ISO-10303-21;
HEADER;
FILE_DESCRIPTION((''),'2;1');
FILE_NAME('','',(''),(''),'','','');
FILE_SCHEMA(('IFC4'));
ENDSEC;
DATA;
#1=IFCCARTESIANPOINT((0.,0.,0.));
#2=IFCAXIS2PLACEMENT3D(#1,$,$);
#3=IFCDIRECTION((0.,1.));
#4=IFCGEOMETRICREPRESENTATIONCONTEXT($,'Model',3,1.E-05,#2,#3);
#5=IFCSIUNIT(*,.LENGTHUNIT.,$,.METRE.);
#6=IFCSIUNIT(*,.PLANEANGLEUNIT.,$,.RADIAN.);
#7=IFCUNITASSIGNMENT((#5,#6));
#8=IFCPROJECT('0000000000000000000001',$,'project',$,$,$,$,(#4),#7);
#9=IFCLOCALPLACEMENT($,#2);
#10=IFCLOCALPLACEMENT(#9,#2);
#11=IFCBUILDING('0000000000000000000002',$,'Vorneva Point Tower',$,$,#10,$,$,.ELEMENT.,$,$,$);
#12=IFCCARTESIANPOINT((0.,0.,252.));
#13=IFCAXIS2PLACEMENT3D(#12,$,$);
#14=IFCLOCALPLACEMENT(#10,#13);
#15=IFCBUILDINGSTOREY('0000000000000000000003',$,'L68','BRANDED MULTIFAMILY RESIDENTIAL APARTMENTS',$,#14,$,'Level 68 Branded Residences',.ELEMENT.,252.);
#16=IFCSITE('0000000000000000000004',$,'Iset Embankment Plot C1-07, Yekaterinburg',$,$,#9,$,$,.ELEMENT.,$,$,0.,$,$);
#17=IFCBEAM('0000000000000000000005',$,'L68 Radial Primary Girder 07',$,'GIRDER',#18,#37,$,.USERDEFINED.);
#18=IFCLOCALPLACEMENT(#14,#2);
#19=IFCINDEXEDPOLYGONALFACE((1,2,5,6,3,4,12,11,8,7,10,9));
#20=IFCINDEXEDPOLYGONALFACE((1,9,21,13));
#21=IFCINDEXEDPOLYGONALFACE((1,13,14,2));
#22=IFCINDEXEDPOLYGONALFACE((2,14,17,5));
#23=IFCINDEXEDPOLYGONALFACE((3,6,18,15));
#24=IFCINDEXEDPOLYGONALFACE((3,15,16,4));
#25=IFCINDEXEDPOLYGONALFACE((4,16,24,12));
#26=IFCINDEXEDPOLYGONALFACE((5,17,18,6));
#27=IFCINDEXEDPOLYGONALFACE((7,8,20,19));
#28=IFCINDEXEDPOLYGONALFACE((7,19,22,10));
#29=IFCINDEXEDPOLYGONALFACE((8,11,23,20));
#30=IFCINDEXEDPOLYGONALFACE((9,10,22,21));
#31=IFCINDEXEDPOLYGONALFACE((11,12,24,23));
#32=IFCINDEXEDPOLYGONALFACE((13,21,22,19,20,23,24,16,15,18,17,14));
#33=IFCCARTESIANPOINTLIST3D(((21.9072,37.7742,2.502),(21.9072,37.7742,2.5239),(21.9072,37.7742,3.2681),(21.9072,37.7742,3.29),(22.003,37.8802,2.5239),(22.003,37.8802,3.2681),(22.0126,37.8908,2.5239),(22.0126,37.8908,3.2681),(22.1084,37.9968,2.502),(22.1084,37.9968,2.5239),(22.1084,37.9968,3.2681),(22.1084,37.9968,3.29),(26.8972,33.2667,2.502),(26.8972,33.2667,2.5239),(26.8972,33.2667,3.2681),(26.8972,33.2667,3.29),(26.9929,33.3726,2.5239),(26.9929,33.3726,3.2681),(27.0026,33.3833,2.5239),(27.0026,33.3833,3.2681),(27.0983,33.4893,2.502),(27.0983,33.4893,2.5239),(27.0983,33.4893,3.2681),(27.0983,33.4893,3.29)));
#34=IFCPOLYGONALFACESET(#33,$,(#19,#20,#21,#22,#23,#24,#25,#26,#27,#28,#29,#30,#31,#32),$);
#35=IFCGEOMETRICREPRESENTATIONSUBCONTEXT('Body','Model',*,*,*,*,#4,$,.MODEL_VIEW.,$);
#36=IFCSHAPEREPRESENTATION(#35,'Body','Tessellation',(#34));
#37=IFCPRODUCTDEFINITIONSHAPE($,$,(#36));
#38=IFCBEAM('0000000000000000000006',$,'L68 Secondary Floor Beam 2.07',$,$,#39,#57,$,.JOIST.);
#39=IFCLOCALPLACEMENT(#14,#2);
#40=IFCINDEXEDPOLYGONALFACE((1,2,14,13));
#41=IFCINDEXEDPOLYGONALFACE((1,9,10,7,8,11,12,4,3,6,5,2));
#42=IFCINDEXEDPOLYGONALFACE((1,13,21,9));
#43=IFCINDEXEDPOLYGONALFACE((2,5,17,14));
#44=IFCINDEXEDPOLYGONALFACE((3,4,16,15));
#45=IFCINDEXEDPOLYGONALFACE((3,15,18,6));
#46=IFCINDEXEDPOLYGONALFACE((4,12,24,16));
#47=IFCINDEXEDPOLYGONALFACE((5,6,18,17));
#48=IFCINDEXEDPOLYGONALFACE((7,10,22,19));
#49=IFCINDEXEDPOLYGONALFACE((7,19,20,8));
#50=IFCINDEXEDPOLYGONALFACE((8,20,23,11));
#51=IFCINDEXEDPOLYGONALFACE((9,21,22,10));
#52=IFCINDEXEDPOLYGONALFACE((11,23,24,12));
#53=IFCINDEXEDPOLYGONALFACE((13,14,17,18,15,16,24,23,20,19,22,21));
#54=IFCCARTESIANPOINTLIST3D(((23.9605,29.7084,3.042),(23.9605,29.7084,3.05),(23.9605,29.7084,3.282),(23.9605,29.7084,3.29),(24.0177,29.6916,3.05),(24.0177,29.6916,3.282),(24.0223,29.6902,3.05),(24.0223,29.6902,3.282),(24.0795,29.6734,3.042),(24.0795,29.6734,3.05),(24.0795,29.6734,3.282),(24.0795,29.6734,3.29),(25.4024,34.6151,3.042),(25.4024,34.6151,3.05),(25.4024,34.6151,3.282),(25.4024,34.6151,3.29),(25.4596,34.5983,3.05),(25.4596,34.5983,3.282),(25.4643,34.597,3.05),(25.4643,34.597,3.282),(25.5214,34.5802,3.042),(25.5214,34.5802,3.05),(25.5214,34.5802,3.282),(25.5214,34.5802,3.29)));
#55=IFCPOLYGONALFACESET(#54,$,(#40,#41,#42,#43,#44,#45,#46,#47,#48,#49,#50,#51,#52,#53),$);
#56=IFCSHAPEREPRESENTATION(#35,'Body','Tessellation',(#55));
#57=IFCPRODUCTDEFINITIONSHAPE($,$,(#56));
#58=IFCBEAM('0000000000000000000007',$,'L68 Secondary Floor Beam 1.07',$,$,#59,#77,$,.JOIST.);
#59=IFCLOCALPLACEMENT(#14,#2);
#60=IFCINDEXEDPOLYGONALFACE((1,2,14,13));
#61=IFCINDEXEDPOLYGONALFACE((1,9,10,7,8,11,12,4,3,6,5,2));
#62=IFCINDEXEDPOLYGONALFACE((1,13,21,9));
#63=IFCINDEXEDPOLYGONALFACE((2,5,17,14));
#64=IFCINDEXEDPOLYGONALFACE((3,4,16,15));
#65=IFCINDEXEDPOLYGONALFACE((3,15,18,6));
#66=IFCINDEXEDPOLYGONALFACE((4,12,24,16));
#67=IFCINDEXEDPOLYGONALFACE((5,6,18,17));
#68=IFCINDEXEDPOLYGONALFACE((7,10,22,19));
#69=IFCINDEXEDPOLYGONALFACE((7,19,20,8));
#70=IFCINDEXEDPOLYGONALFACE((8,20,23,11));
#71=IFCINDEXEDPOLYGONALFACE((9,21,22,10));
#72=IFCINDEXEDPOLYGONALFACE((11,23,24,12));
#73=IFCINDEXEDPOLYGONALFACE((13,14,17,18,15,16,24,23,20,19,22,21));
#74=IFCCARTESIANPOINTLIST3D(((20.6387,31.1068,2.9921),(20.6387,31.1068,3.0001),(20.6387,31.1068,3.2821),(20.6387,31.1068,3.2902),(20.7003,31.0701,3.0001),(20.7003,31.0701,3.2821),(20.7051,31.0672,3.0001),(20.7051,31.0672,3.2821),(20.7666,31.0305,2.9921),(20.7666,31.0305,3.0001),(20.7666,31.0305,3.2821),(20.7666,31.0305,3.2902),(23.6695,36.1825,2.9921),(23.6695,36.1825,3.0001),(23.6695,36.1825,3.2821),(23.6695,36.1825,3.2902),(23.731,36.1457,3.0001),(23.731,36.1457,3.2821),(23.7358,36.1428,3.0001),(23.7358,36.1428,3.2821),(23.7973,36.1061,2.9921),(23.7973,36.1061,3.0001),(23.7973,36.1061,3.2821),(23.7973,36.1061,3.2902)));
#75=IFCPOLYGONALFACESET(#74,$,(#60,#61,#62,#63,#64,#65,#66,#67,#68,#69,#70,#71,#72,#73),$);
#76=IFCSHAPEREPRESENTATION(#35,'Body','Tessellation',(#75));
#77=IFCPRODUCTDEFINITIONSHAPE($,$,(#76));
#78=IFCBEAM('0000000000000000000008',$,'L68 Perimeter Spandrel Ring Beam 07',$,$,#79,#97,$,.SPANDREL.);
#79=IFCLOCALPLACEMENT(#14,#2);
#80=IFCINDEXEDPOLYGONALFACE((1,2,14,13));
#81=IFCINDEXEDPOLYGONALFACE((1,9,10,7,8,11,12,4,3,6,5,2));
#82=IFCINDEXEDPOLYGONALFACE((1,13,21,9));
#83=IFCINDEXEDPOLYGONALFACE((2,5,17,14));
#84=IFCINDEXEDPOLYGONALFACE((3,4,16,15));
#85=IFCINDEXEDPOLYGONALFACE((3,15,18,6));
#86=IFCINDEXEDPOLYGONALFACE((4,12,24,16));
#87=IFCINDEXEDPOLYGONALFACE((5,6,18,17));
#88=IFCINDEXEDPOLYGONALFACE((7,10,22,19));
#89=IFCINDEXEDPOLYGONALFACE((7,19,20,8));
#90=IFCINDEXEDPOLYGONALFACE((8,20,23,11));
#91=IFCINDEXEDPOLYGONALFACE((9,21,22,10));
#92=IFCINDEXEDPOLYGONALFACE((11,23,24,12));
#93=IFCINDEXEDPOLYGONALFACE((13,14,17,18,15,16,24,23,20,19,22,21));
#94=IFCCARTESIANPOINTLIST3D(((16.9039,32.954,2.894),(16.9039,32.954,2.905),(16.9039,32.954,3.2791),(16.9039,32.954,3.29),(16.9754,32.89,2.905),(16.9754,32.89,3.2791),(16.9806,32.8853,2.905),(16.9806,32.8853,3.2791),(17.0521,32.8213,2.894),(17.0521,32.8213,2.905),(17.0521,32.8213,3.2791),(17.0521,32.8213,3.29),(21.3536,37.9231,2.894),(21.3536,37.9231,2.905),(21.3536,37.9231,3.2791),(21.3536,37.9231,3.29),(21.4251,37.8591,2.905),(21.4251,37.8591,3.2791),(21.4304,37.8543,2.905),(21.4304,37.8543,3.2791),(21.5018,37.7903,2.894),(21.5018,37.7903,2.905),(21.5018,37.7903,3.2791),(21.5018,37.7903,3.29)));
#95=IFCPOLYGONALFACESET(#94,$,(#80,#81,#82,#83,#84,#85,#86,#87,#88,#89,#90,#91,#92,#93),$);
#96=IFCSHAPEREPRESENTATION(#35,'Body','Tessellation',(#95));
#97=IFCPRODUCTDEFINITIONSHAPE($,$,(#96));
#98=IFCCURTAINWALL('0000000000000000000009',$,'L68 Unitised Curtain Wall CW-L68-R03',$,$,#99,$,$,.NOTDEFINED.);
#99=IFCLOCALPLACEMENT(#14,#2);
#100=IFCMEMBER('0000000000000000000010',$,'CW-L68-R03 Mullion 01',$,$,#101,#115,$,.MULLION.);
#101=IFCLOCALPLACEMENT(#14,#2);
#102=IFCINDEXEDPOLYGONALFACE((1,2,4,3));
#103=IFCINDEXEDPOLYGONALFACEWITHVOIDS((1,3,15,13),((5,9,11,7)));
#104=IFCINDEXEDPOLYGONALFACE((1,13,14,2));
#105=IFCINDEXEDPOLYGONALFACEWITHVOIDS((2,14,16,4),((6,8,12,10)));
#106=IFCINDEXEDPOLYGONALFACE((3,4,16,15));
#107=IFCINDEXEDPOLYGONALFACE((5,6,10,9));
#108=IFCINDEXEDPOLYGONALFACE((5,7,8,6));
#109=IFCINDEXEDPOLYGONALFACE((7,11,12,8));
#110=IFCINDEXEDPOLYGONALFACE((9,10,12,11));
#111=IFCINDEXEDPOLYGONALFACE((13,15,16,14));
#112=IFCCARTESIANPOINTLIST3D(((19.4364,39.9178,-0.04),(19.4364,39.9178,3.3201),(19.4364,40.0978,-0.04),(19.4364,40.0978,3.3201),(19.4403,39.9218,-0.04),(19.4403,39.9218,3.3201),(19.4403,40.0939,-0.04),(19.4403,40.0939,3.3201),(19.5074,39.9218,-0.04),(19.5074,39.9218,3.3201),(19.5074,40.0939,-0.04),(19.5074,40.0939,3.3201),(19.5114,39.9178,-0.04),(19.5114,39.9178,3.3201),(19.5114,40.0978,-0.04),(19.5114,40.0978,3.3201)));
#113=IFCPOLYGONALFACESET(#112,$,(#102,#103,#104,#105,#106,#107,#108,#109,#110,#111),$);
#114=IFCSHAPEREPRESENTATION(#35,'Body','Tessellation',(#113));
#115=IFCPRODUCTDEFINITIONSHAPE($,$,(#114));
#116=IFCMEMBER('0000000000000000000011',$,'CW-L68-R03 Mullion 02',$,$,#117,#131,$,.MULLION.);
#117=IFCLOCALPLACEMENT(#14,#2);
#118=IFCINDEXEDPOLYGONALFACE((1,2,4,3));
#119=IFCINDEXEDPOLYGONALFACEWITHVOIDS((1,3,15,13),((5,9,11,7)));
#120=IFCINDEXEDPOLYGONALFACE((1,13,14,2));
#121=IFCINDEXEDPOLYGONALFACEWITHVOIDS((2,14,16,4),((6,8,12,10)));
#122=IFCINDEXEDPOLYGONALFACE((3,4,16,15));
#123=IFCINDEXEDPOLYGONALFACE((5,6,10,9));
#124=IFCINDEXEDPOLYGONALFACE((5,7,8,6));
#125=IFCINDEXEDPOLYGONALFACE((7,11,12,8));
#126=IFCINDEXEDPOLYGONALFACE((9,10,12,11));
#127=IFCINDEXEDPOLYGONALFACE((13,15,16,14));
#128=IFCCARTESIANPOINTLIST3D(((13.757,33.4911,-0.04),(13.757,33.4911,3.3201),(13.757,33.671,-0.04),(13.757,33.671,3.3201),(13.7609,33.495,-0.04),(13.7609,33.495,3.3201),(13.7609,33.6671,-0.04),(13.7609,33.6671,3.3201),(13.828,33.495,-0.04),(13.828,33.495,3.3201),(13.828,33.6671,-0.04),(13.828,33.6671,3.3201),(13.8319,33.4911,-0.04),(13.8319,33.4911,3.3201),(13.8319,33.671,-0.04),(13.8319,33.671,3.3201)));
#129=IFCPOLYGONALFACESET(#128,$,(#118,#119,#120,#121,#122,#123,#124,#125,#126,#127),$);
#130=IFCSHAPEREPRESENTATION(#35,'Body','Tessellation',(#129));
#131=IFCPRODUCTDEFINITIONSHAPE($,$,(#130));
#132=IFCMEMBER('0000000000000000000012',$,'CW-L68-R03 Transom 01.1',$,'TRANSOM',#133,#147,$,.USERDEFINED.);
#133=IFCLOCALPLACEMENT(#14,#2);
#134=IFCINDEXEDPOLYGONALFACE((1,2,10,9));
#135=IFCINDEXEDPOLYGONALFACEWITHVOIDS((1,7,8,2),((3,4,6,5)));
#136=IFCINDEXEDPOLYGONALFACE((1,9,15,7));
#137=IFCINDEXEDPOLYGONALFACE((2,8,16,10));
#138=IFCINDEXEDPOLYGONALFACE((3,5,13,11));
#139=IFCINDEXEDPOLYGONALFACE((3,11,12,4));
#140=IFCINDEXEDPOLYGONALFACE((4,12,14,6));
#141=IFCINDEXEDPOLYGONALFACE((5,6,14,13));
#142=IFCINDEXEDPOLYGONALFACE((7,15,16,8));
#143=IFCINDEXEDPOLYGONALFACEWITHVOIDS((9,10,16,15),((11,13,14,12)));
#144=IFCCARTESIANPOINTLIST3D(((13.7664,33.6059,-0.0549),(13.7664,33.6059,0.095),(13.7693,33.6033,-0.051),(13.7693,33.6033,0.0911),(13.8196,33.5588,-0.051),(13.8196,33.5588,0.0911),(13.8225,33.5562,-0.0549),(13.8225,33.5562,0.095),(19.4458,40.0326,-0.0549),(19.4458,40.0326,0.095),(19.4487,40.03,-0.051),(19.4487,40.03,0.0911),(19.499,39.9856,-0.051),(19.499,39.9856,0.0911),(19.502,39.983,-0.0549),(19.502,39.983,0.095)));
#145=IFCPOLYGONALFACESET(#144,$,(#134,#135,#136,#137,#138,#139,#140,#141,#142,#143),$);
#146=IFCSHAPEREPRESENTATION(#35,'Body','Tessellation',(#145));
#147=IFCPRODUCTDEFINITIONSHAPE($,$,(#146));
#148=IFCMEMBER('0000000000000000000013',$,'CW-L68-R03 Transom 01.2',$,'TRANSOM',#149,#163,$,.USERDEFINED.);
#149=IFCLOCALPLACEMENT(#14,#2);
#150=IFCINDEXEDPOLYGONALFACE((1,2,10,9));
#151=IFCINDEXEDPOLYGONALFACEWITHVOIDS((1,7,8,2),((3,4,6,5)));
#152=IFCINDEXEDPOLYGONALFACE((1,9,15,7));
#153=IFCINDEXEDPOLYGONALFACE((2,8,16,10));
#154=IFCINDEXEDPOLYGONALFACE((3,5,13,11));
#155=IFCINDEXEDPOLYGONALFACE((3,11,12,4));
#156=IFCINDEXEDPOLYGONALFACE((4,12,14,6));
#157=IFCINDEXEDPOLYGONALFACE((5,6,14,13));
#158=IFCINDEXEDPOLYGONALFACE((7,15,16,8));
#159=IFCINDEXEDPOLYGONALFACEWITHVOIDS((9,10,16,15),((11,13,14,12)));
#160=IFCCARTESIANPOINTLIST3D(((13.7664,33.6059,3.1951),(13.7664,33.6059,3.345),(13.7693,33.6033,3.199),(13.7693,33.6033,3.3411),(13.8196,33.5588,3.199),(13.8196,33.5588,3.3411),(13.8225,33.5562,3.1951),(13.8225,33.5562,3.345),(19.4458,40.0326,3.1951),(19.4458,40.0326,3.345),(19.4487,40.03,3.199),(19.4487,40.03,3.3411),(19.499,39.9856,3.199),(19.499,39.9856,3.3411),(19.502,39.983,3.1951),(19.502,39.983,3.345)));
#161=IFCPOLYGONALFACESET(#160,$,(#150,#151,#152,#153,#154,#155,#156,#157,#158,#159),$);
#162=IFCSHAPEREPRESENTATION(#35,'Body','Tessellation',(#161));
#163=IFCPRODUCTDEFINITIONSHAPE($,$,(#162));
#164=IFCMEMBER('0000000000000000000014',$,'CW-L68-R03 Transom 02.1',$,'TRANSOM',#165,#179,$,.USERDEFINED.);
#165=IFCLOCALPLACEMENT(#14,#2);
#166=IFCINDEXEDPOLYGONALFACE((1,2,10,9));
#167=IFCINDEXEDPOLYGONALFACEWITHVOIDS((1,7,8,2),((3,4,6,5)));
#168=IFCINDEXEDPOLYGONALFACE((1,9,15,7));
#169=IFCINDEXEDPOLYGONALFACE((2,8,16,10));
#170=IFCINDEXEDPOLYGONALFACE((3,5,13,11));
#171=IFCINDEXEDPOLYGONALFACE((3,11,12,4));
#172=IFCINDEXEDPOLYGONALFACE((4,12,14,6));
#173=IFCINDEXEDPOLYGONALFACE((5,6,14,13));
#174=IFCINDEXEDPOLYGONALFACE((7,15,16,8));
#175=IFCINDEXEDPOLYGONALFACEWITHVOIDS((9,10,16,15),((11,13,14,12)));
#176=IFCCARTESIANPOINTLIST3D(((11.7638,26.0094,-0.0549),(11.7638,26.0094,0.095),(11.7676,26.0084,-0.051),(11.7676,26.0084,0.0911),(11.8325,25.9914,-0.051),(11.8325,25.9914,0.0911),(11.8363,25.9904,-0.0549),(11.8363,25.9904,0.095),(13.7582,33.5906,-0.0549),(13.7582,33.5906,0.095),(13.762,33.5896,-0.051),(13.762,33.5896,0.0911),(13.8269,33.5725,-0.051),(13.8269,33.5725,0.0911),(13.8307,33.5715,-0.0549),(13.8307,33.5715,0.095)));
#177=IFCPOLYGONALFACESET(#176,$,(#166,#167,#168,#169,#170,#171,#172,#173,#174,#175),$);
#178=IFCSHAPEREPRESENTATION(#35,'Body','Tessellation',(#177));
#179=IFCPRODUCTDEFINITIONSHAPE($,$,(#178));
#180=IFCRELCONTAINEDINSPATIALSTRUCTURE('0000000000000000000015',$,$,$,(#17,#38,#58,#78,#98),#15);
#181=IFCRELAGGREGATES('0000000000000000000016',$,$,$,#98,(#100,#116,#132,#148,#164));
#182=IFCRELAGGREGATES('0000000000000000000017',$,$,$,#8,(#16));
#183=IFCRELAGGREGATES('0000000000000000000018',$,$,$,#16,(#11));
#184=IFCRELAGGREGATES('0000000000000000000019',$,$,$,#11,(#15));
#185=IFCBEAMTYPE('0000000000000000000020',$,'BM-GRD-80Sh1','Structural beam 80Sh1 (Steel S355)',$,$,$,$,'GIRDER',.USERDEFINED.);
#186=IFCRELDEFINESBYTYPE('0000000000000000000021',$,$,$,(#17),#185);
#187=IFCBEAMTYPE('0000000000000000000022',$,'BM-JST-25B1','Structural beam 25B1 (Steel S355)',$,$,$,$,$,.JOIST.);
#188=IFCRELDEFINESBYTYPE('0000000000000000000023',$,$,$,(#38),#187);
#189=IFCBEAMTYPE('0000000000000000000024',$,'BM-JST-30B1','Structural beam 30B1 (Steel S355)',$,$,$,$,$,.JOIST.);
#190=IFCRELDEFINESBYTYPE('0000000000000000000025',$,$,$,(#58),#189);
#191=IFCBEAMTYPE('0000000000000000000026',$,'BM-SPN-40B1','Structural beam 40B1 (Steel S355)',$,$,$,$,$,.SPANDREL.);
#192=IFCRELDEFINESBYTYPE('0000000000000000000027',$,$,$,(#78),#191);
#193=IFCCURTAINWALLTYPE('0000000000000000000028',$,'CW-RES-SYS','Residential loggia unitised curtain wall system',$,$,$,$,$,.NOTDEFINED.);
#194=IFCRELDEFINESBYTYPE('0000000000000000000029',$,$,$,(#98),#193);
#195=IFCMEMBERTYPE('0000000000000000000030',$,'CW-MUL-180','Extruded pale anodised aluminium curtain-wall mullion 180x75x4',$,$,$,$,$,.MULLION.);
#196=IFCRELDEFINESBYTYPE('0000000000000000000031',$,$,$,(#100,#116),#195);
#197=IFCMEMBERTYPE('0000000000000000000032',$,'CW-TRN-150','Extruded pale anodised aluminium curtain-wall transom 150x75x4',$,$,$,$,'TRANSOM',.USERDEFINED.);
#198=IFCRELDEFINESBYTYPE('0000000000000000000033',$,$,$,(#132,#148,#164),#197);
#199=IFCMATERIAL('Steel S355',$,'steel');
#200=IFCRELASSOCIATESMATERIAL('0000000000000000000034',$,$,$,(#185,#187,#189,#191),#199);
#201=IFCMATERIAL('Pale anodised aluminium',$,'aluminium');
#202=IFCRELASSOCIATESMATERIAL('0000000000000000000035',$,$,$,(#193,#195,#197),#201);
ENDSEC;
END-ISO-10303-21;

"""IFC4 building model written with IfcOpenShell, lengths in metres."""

from ifc_helpers import new_model, si_unit, direction, frame, origin, origin_2d, place, context, subcontext, project, spatial, hollow_rectangle, i_section, extrude, material, material_profile, profile_set, type_object, element, aggregate, save


model = new_model("IFC4")

# Units and contexts
model_context = context("Model", 3, precision=1e-05, world=origin(), true_north=direction((0.0, 1.0)))
body_context = subcontext(model_context, "Body", "Model", "MODEL_VIEW")
ifc_project = project(units=[si_unit("LENGTHUNIT", "METRE"), si_unit("PLANEANGLEUNIT", "RADIAN")], contexts=[model_context])

# Site, building, storey
site_placement = place(None, origin())
site = spatial("IfcSite", under=ifc_project, at=site_placement, Name="Iset Embankment Plot C1-07, Yekaterinburg", CompositionType="ELEMENT", RefElevation=0.0)
building_placement = place(site_placement, origin())
building = spatial("IfcBuilding", under=site, at=building_placement, Name="Vorneva Point Tower", CompositionType="ELEMENT")
storey_placement = place(building_placement, frame((0.0, 0.0, 252.0)))
storey = spatial("IfcBuildingStorey", under=building, at=storey_placement, Name="L68", Description="BRANDED MULTIFAMILY RESIDENTIAL APARTMENTS", LongName="Level 68 Branded Residences", CompositionType="ELEMENT", Elevation=252.0)

# Beams
ifc_material_1 = material(Name="Steel S355", Category="steel")
ifc_material_profile_1 = material_profile(ifc_material_1, i_section(OverallWidth=0.3, OverallDepth=0.7881, WebThickness=0.0144, FlangeThickness=0.022, at=origin_2d()), Name="80Sh1")
ifc_profile_set_1 = profile_set([ifc_material_profile_1], Name="Steel S355")
beam_type_1 = type_object("IfcBeamType", Name="BM-GRD-80Sh1", Description="Structural beam 80Sh1 (Steel S355)", ElementType="GIRDER", PredefinedType="USERDEFINED", material=ifc_profile_set_1)
beam_1_placement = place(storey_placement, frame((22.0078, 37.8855, 2.896), z_axis=(0.742067, -0.670326, 0.0), x_axis=(0.670326, 0.742067, 0.0)))
element("IfcBeam", 1, at=beam_1_placement, inside=storey, type_object=beam_type_1, Name="L68 Radial Primary Girder 07", ObjectType="GIRDER", PredefinedType="USERDEFINED", context=body_context, shape_type="SweptSolid", body=[
    extrude(i_section(OverallWidth=0.3, OverallDepth=0.7881, WebThickness=0.0144, FlangeThickness=0.022, at=origin_2d()), origin(), (0.0, 0.0, 1.0), 6.7244),
])
ifc_material_profile_2 = material_profile(ifc_material_1, i_section(OverallWidth=0.124, OverallDepth=0.248, WebThickness=0.0049, FlangeThickness=0.0081, at=origin_2d()), Name="25B1")
ifc_profile_set_2 = profile_set([ifc_material_profile_2], Name="Steel S355")
beam_type_2 = type_object("IfcBeamType", Name="BM-JST-25B1", Description="Structural beam 25B1 (Steel S355)", PredefinedType="JOIST", material=ifc_profile_set_2)
beam_2_placement = place(storey_placement, frame((25.4619, 34.5977, 3.166), z_axis=(-0.281939, -0.959432, 0.0), x_axis=(0.959432, -0.281939, 0.0)))
element("IfcBeam", 2, at=beam_2_placement, inside=storey, type_object=beam_type_2, Name="L68 Secondary Floor Beam 2.07", PredefinedType="JOIST", context=body_context, shape_type="SweptSolid", body=[
    extrude(i_section(OverallWidth=0.124, OverallDepth=0.248, WebThickness=0.0049, FlangeThickness=0.0081, at=origin_2d()), origin(), (0.0, 0.0, 1.0), 5.1143),
])
ifc_material_profile_3 = material_profile(ifc_material_1, i_section(OverallWidth=0.1489, OverallDepth=0.2981, WebThickness=0.0056, FlangeThickness=0.0081, at=origin_2d()), Name="30B1")
ifc_profile_set_3 = profile_set([ifc_material_profile_3], Name="Steel S355")
beam_type_3 = type_object("IfcBeamType", Name="BM-JST-30B1", Description="Structural beam 30B1 (Steel S355)", PredefinedType="JOIST", material=ifc_profile_set_3)
beam_3_placement = place(storey_placement, frame((23.7334, 36.1443, 3.1411), z_axis=(-0.512673, -0.858584, 0.0), x_axis=(0.858584, -0.512673, 0.0)))
element("IfcBeam", 3, at=beam_3_placement, inside=storey, type_object=beam_type_3, Name="L68 Secondary Floor Beam 1.07", PredefinedType="JOIST", context=body_context, shape_type="SweptSolid", body=[
    extrude(i_section(OverallWidth=0.1489, OverallDepth=0.2981, WebThickness=0.0056, FlangeThickness=0.0081, at=origin_2d()), origin(), (0.0, 0.0, 1.0), 5.9116),
])
ifc_material_profile_4 = material_profile(ifc_material_1, i_section(OverallWidth=0.199, OverallDepth=0.396, WebThickness=0.0071, FlangeThickness=0.011, at=origin_2d()), Name="40B1")
ifc_profile_set_4 = profile_set([ifc_material_profile_4], Name="Steel S355")
beam_type_4 = type_object("IfcBeamType", Name="BM-SPN-40B1", Description="Structural beam 40B1 (Steel S355)", PredefinedType="SPANDREL", material=ifc_profile_set_4)
beam_4_placement = place(storey_placement, frame((21.4277, 37.8567, 3.092), z_axis=(-0.667108, -0.744961, 0.0), x_axis=(0.744961, -0.667108, 0.0)))
element("IfcBeam", 4, at=beam_4_placement, inside=storey, type_object=beam_type_4, Name="L68 Perimeter Spandrel Ring Beam 07", PredefinedType="SPANDREL", context=body_context, shape_type="SweptSolid", body=[
    extrude(i_section(OverallWidth=0.199, OverallDepth=0.396, WebThickness=0.0071, FlangeThickness=0.011, at=origin_2d()), origin(), (0.0, 0.0, 1.0), 6.6702),
])

# Curtain wall, members
ifc_material_2 = material(Name="Pale anodised aluminium", Category="aluminium")
curtain_wall_type = type_object("IfcCurtainWallType", Name="CW-RES-SYS", Description="Residential loggia unitised curtain wall system", PredefinedType="NOTDEFINED", material=ifc_material_2)
curtain_wall_placement = place(storey_placement, origin())
curtain_wall = element("IfcCurtainWall", 5, at=curtain_wall_placement, inside=storey, type_object=curtain_wall_type, Name="L68 Unitised Curtain Wall CW-L68-R03", PredefinedType="NOTDEFINED")
ifc_material_profile_5 = material_profile(ifc_material_2, hollow_rectangle(XDim=0.075, YDim=0.1799, WallThickness=0.0039, at=origin_2d()), Name="AL-MUL 180x75x4")
ifc_profile_set_5 = profile_set([ifc_material_profile_5], Name="Pale anodised aluminium")
member_type_1 = type_object("IfcMemberType", Name="CW-MUL-180", Description="Extruded pale anodised aluminium curtain-wall mullion 180x75x4", PredefinedType="MULLION", material=ifc_profile_set_5)
member_1_placement = place(storey_placement, frame((19.4739, 40.0078, -0.04), z_axis=(0.0, 0.0, 1.0), x_axis=(1.0, 0.0, 0.0)))
member_1 = element("IfcMember", 6, at=member_1_placement, type_object=member_type_1, Name="CW-L68-R03 Mullion 01", PredefinedType="MULLION", context=body_context, shape_type="SweptSolid", body=[
    extrude(hollow_rectangle(XDim=0.075, YDim=0.1799, WallThickness=0.0039, at=origin_2d()), origin(), (0.0, 0.0, 1.0), 3.3601),
])
member_2_placement = place(storey_placement, frame((13.7944, 33.5811, -0.04), z_axis=(0.0, 0.0, 1.0), x_axis=(1.0, 0.0, 0.0)))
member_2 = element("IfcMember", 7, at=member_2_placement, type_object=member_type_1, Name="CW-L68-R03 Mullion 02", PredefinedType="MULLION", context=body_context, shape_type="SweptSolid", body=[
    extrude(hollow_rectangle(XDim=0.075, YDim=0.1799, WallThickness=0.0039, at=origin_2d()), origin(), (0.0, 0.0, 1.0), 3.3601),
])
ifc_material_profile_6 = material_profile(ifc_material_2, hollow_rectangle(XDim=0.075, YDim=0.1499, WallThickness=0.0039, at=origin_2d()), Name="AL-TRN 150x75x4")
ifc_profile_set_6 = profile_set([ifc_material_profile_6], Name="Pale anodised aluminium")
member_type_2 = type_object("IfcMemberType", Name="CW-TRN-150", Description="Extruded pale anodised aluminium curtain-wall transom 150x75x4", ElementType="TRANSOM", PredefinedType="USERDEFINED", material=ifc_profile_set_6)
member_3_placement = place(storey_placement, frame((19.4739, 40.0078, 0.02), z_axis=(-0.662197, -0.74933, 0.0), x_axis=(0.74933, -0.662197, 0.0)))
member_3 = element("IfcMember", 8, at=member_3_placement, type_object=member_type_2, Name="CW-L68-R03 Transom 01.1", ObjectType="TRANSOM", PredefinedType="USERDEFINED", context=body_context, shape_type="SweptSolid", body=[
    extrude(hollow_rectangle(XDim=0.075, YDim=0.1499, WallThickness=0.0039, at=origin_2d()), origin(), (0.0, 0.0, 1.0), 8.5767),
])
member_4_placement = place(storey_placement, frame((19.4739, 40.0078, 3.27), z_axis=(-0.662197, -0.74933, 0.0), x_axis=(0.74933, -0.662197, 0.0)))
member_4 = element("IfcMember", 9, at=member_4_placement, type_object=member_type_2, Name="CW-L68-R03 Transom 01.2", ObjectType="TRANSOM", PredefinedType="USERDEFINED", context=body_context, shape_type="SweptSolid", body=[
    extrude(hollow_rectangle(XDim=0.075, YDim=0.1499, WallThickness=0.0039, at=origin_2d()), origin(), (0.0, 0.0, 1.0), 8.5767),
])
member_5_placement = place(storey_placement, frame((13.7944, 33.5811, 0.02), z_axis=(-0.254418, -0.967094, 0.0), x_axis=(0.967094, -0.254418, 0.0)))
member_5 = element("IfcMember", 10, at=member_5_placement, type_object=member_type_2, Name="CW-L68-R03 Transom 02.1", ObjectType="TRANSOM", PredefinedType="USERDEFINED", context=body_context, shape_type="SweptSolid", body=[
    extrude(hollow_rectangle(XDim=0.075, YDim=0.1499, WallThickness=0.0039, at=origin_2d()), origin(), (0.0, 0.0, 1.0), 7.8391),
])
aggregate(curtain_wall, [member_1, member_2, member_3, member_4, member_5])

save(model, "model.ifc")
